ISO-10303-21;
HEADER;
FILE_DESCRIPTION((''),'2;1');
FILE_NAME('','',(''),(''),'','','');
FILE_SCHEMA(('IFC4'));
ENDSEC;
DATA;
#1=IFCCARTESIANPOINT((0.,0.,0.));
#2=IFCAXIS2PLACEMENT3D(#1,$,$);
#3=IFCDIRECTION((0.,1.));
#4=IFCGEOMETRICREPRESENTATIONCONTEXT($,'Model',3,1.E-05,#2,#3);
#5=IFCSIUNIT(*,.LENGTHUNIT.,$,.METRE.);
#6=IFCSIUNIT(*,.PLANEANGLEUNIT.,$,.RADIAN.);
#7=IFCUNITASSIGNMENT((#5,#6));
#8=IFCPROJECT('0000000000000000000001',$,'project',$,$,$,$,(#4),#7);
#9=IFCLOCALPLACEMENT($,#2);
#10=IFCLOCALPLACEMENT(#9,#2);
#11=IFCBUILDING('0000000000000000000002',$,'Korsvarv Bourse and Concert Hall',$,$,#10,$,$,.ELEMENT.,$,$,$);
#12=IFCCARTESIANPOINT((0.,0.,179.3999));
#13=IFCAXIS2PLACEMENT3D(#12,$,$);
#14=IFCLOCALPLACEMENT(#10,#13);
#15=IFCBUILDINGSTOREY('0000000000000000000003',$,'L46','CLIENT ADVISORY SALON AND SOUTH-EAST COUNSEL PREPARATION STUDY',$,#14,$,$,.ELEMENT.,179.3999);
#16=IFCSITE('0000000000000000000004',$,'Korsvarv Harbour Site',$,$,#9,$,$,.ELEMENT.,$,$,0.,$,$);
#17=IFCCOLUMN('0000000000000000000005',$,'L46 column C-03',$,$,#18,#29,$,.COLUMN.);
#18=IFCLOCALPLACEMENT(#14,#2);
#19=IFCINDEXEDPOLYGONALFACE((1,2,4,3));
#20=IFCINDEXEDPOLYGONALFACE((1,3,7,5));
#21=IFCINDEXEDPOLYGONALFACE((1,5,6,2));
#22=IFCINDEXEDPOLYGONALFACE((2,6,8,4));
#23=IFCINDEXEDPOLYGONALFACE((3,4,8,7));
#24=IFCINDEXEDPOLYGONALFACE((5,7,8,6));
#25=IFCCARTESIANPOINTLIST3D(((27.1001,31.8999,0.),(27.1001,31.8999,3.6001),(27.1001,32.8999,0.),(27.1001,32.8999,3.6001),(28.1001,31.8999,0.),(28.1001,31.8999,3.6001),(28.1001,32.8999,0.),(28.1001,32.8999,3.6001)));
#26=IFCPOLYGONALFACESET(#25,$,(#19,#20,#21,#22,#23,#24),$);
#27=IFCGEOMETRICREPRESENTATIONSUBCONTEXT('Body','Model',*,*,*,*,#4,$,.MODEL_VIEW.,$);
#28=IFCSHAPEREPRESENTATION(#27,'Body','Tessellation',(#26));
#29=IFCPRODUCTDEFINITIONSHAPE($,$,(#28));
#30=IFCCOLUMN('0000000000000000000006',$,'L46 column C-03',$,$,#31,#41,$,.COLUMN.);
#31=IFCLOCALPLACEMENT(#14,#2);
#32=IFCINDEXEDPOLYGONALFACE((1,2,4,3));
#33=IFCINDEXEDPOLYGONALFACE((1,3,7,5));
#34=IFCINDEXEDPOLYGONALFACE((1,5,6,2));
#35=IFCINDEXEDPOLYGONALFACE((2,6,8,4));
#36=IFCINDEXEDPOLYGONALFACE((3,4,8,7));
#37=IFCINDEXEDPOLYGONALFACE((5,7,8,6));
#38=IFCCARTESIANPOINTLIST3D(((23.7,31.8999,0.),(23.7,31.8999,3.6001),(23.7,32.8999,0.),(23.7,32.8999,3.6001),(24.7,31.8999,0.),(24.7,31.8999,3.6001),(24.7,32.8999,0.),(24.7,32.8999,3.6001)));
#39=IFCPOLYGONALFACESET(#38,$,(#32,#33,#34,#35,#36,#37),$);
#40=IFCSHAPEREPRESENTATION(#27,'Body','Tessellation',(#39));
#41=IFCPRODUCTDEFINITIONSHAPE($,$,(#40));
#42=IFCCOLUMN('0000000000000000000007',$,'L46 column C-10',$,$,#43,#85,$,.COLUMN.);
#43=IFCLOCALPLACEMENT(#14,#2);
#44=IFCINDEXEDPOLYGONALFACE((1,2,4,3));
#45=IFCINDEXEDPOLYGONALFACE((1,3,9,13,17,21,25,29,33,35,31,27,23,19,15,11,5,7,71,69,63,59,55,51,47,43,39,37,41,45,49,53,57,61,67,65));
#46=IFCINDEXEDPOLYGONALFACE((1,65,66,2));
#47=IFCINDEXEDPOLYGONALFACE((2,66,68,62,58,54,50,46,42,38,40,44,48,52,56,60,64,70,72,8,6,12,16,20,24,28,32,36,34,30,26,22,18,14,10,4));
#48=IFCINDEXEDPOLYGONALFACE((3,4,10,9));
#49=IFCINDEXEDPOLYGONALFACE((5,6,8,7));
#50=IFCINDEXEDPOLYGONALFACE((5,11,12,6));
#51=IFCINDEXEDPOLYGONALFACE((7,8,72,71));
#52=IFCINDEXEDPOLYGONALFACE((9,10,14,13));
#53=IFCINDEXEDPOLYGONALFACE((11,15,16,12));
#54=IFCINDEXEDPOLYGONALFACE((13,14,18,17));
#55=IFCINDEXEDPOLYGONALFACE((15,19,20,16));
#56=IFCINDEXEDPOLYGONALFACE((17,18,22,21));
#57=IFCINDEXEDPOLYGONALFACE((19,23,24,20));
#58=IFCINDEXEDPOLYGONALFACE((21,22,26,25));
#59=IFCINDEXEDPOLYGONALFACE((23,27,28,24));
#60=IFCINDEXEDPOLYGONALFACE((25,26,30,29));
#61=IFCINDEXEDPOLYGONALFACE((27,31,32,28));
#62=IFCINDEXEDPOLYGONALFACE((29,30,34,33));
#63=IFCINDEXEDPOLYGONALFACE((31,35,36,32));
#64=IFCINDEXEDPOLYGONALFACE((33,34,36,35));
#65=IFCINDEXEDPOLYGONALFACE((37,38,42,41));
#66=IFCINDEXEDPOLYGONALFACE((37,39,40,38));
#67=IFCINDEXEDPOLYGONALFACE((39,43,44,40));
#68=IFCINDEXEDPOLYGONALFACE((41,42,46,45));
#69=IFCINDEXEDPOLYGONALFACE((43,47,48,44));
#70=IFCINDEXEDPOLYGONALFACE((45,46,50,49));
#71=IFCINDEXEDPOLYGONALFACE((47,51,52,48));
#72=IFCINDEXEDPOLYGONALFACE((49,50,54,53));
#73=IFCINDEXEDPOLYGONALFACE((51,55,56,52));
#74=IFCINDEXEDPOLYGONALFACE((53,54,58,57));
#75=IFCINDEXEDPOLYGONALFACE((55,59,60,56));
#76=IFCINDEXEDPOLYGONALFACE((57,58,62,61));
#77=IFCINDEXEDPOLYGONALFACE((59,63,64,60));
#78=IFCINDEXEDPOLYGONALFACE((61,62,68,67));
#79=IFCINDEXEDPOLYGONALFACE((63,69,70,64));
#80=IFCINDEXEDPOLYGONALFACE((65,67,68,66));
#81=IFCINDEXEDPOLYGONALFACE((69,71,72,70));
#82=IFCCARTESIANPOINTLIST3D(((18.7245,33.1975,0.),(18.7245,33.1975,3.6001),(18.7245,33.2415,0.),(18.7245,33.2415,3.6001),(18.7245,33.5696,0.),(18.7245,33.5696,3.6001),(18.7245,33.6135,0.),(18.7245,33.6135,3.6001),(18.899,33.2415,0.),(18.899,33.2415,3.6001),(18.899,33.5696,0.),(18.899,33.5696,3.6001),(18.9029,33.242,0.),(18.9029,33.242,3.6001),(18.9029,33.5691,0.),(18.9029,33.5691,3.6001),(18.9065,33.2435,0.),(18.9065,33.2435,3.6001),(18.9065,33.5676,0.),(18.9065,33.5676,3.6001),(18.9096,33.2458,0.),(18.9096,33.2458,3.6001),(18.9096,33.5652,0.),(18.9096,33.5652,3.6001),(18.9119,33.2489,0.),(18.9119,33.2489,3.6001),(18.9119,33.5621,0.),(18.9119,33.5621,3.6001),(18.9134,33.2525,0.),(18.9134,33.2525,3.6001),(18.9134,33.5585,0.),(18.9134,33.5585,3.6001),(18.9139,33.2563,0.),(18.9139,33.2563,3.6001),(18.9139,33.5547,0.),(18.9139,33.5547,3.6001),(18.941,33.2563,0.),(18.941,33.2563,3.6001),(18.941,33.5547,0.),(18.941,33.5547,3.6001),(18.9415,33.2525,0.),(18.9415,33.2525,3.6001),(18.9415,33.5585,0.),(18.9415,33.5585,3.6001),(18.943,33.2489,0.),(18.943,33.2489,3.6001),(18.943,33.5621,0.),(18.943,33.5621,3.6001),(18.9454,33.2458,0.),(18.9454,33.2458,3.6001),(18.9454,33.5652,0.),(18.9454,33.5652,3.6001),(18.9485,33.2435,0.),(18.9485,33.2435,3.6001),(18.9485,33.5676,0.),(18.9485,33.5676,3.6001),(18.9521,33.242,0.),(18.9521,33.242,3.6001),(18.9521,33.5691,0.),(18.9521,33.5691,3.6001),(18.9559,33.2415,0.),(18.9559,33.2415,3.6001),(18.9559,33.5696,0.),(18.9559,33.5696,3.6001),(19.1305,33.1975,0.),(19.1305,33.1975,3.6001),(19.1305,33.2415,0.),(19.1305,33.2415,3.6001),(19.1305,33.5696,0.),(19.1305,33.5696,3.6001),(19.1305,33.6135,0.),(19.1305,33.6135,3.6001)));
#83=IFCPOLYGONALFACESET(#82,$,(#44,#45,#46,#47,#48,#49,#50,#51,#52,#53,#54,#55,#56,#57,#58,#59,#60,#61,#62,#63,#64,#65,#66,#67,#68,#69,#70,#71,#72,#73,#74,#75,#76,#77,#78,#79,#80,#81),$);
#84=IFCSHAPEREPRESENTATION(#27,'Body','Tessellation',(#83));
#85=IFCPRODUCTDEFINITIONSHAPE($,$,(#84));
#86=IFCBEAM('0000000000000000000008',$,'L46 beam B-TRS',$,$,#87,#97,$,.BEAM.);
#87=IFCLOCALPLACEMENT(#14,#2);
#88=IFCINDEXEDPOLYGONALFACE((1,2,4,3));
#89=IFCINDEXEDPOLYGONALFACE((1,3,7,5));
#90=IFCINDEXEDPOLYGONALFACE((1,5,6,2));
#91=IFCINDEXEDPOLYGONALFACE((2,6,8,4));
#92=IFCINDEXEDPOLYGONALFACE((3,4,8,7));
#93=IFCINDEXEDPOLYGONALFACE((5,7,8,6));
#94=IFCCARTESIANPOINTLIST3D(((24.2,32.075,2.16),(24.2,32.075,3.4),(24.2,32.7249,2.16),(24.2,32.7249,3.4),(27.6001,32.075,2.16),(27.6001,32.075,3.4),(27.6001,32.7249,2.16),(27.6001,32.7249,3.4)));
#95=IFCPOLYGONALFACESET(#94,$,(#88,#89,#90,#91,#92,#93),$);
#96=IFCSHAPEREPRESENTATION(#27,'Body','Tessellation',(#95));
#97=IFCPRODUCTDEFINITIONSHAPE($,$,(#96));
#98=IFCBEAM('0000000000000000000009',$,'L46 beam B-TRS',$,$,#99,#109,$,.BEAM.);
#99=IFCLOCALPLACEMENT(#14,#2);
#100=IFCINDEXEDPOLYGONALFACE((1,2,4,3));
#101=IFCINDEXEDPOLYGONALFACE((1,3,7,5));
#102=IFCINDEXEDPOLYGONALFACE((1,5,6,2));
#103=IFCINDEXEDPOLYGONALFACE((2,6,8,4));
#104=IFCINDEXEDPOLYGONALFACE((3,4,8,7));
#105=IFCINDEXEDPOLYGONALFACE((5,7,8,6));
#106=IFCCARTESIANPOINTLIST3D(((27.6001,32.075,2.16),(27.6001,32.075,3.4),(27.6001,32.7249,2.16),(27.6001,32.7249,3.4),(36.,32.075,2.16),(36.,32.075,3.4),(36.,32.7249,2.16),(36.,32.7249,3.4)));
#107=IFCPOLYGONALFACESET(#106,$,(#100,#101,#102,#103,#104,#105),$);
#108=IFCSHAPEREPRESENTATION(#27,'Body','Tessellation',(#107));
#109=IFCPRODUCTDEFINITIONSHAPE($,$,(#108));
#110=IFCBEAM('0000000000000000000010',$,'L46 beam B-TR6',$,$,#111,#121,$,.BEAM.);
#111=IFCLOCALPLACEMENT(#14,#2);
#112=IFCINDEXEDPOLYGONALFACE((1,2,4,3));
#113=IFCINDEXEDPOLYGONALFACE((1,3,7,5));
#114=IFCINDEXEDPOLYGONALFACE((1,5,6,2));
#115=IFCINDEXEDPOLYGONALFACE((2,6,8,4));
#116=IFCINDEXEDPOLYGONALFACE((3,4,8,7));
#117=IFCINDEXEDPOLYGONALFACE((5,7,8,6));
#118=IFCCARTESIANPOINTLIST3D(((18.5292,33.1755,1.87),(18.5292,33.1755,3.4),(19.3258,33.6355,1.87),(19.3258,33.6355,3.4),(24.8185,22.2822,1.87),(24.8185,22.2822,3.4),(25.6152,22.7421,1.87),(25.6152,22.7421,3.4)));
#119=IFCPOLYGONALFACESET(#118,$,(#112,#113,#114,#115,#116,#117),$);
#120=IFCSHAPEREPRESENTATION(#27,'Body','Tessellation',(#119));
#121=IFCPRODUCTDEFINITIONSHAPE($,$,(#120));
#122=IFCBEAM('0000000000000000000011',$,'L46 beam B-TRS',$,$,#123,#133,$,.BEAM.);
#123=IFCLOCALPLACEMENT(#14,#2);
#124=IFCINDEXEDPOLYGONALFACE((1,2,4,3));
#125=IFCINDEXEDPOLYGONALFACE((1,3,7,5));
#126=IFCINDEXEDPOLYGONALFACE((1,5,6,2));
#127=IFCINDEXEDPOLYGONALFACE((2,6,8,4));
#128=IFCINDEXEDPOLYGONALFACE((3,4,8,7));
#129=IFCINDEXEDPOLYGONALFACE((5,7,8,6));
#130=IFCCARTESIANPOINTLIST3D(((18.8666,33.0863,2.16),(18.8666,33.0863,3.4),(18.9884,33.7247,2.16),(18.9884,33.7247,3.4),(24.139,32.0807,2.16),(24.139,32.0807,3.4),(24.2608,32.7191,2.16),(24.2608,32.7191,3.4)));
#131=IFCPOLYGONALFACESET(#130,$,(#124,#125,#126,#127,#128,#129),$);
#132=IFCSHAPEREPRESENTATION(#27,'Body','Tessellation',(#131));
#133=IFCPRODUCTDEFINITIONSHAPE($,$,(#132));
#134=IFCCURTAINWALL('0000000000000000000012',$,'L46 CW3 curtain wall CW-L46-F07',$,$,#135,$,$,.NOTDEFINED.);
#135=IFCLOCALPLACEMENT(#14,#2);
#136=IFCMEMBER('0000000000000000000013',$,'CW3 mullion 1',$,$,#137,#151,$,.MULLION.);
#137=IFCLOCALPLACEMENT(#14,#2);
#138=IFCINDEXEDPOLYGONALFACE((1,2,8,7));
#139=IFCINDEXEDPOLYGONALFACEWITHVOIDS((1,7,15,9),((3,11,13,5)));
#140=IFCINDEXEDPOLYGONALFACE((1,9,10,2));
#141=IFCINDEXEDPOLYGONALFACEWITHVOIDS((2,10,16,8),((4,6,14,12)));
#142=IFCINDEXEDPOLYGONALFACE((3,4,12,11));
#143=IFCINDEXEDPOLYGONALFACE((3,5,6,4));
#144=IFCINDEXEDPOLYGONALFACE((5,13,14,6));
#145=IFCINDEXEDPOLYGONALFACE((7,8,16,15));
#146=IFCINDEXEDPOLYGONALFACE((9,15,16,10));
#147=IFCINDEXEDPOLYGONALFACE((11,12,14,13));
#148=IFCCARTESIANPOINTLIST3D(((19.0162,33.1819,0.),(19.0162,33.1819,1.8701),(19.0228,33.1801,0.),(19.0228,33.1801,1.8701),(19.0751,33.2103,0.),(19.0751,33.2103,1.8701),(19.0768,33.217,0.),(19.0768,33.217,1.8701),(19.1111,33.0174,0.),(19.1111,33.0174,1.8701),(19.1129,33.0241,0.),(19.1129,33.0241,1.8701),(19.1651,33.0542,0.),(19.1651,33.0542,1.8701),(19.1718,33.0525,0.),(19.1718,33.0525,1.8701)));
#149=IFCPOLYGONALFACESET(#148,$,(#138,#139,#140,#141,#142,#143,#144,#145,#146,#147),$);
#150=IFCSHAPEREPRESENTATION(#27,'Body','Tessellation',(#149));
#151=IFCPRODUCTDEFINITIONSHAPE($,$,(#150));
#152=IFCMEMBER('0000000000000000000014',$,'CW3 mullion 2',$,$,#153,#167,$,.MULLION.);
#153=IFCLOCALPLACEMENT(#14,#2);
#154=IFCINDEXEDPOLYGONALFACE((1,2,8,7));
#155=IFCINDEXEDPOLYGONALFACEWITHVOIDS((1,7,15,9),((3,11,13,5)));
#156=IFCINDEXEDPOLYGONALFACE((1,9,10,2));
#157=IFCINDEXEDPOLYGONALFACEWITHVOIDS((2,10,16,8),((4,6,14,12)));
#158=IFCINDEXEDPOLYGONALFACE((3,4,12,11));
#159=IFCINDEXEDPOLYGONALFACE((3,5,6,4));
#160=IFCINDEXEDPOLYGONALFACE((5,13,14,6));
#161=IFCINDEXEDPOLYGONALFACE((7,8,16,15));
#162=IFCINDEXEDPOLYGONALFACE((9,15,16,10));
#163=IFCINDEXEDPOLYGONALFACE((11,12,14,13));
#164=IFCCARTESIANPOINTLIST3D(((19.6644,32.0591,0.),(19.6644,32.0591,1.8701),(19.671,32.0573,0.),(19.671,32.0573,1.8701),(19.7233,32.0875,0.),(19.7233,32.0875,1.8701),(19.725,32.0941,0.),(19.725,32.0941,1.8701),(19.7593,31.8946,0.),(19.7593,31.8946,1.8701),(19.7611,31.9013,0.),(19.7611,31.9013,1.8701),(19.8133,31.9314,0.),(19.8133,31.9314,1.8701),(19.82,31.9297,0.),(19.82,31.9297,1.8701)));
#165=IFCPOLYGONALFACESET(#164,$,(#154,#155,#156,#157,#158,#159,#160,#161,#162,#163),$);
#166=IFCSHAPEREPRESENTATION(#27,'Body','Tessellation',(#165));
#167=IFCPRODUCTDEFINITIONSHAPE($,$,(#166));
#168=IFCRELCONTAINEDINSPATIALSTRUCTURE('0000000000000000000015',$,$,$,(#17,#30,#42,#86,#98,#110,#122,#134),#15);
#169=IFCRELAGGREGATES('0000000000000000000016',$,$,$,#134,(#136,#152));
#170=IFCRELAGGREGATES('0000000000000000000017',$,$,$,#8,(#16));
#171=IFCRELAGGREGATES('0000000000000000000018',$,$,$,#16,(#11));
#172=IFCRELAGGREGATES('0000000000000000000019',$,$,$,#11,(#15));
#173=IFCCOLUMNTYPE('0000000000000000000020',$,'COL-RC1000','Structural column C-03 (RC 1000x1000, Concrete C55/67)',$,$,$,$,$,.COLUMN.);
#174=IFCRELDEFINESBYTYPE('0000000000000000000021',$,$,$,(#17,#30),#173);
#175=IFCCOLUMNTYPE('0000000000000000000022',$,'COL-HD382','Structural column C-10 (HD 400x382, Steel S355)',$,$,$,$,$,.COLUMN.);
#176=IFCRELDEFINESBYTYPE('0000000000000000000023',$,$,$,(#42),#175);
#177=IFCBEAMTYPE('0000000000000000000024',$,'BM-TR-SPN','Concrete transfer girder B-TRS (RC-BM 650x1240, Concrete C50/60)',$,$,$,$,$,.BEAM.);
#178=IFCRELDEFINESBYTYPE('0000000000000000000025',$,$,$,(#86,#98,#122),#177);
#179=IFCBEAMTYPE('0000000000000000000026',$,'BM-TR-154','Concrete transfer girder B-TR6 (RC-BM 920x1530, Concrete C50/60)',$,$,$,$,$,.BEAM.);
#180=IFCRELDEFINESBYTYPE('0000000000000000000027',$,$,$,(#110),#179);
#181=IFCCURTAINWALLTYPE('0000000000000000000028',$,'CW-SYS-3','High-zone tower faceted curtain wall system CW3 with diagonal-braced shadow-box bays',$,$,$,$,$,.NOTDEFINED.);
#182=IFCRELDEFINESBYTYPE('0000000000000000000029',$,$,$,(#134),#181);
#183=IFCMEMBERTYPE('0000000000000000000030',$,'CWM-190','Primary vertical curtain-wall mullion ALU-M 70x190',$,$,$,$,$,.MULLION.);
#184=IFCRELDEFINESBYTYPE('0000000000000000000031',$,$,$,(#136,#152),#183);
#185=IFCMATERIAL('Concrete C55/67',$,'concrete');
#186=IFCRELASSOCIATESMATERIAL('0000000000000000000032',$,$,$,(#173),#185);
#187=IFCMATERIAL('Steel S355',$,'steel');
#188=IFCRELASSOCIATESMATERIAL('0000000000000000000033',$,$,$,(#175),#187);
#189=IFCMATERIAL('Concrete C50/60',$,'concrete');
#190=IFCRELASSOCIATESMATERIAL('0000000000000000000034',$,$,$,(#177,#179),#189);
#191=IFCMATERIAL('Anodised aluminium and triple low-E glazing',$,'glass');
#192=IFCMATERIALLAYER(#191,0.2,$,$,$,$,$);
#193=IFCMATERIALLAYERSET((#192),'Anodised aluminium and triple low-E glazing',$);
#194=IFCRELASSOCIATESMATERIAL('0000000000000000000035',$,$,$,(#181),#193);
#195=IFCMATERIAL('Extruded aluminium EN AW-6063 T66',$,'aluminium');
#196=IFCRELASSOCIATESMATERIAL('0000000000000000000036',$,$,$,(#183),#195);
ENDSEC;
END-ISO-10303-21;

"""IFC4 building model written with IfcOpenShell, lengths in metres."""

from ifc_helpers import new_model, si_unit, direction, frame, origin, origin_2d, place, context, subcontext, project, spatial, rectangle, hollow_rectangle, i_section, extrude, source, transform, mapped, material, layer, layer_set, material_profile, profile_set, type_object, element, aggregate, save


model = new_model("IFC4")

# Units and contexts
model_context = context("Model", 3, precision=1e-05, world=origin(), true_north=direction((0.0, 1.0)))
body_context = subcontext(model_context, "Body", "Model", "MODEL_VIEW")
ifc_project = project(units=[si_unit("LENGTHUNIT", "METRE"), si_unit("PLANEANGLEUNIT", "RADIAN")], contexts=[model_context])

# Site, building, storey
site_placement = place(None, origin())
site = spatial("IfcSite", under=ifc_project, at=site_placement, Name="Korsvarv Harbour Site", CompositionType="ELEMENT", RefElevation=0.0)
building_placement = place(site_placement, origin())
building = spatial("IfcBuilding", under=site, at=building_placement, Name="Korsvarv Bourse and Concert Hall", CompositionType="ELEMENT")
storey_placement = place(building_placement, frame((0.0, 0.0, 179.3999)))
storey = spatial("IfcBuildingStorey", under=building, at=storey_placement, Name="L46", Description="CLIENT ADVISORY SALON AND SOUTH-EAST COUNSEL PREPARATION STUDY", CompositionType="ELEMENT", Elevation=179.3999)

# Columns
ifc_material_1 = material(Name="Concrete C55/67", Category="concrete")
ifc_material_profile_1 = material_profile(ifc_material_1, rectangle(XDim=1.0, YDim=1.0, at=origin_2d()), Name="RC 1000x1000")
ifc_profile_set_1 = profile_set([ifc_material_profile_1], Name="Concrete C55/67")
column_type_1 = type_object("IfcColumnType", Name="COL-RC1000", Description="Structural column C-03 (RC 1000x1000, Concrete C55/67)", PredefinedType="COLUMN", material=ifc_profile_set_1)
shared_shape_1 = source(origin(), body_context, "Body", "SweptSolid", [
    extrude(rectangle(XDim=1.0, YDim=1.0, at=origin_2d()), origin(), (0.0, 0.0, 1.0), 3.6001),
])
for number, where, z_axis, x_axis, name in (
    (1, (27.6001, 32.3999, 0.0), (0.0, 0.0, 1.0), (1.0, 0.0, 0.0), "L46 column C-03"),
    (2, (24.2, 32.3999, 0.0), (0.0, 0.0, 1.0), (1.0, 0.0, 0.0), "L46 column C-03"),
):
    element("IfcColumn", number, at=place(storey_placement, frame(where, z_axis=z_axis, x_axis=x_axis)), inside=storey, type_object=column_type_1, Name=name, PredefinedType="COLUMN", context=body_context, shape_type="MappedRepresentation", body=[
        mapped(shared_shape_1, transform((0.0, 0.0, 0.0), scale=1.0)),
    ])
ifc_material_2 = material(Name="Steel S355", Category="steel")
ifc_material_profile_2 = material_profile(ifc_material_2, i_section(OverallWidth=0.406, OverallDepth=0.416, WebThickness=0.0271, FlangeThickness=0.0439, FilletRadius=0.0149, at=origin_2d()), Name="HD 400x382")
ifc_profile_set_2 = profile_set([ifc_material_profile_2], Name="Steel S355")
column_type_2 = type_object("IfcColumnType", Name="COL-HD382", Description="Structural column C-10 (HD 400x382, Steel S355)", PredefinedType="COLUMN", material=ifc_profile_set_2)
shared_shape_2 = source(origin(), body_context, "Body", "SweptSolid", [
    extrude(i_section(OverallWidth=0.406, OverallDepth=0.416, WebThickness=0.0271, FlangeThickness=0.0439, FilletRadius=0.0149, at=origin_2d()), origin(), (0.0, 0.0, 1.0), 3.6001),
])
column_placement = place(storey_placement, frame((18.9275, 33.4055, 0.0), z_axis=(0.0, 0.0, 1.0), x_axis=(1.0, 0.0, 0.0)))
element("IfcColumn", 3, at=column_placement, inside=storey, type_object=column_type_2, Name="L46 column C-10", PredefinedType="COLUMN", context=body_context, shape_type="MappedRepresentation", body=[
    mapped(shared_shape_2, transform((0.0, 0.0, 0.0), scale=1.0)),
])

# Beams
ifc_material_3 = material(Name="Concrete C50/60", Category="concrete")
ifc_material_profile_3 = material_profile(ifc_material_3, rectangle(XDim=0.6499, YDim=1.24, at=origin_2d()), Name="RC-BM 650x1240")
ifc_profile_set_3 = profile_set([ifc_material_profile_3], Name="Concrete C50/60")
beam_type_1 = type_object("IfcBeamType", Name="BM-TR-SPN", Description="Concrete transfer girder B-TRS (RC-BM 650x1240, Concrete C50/60)", PredefinedType="BEAM", material=ifc_profile_set_3)
shared_shape_3 = source(origin(), body_context, "Body", "SweptSolid", [
    extrude(rectangle(XDim=0.6499, YDim=1.24, at=origin_2d()), origin(), (0.0, 0.0, 1.0), 3.4001),
])
beam_1_placement = place(storey_placement, frame((24.2, 32.3999, 2.78), z_axis=(1.0, 0.0, 0.0), x_axis=(0.0, 1.0, 0.0)))
element("IfcBeam", 4, at=beam_1_placement, inside=storey, type_object=beam_type_1, Name="L46 beam B-TRS", PredefinedType="BEAM", context=body_context, shape_type="MappedRepresentation", body=[
    mapped(shared_shape_3, transform((0.0, 0.0, 0.0), scale=1.0)),
])
shared_shape_4 = source(origin(), body_context, "Body", "SweptSolid", [
    extrude(rectangle(XDim=0.6499, YDim=1.24, at=origin_2d()), origin(), (0.0, 0.0, 1.0), 8.3999),
])
beam_2_placement = place(storey_placement, frame((27.6001, 32.3999, 2.78), z_axis=(1.0, 0.0, 0.0), x_axis=(0.0, 1.0, 0.0)))
element("IfcBeam", 5, at=beam_2_placement, inside=storey, type_object=beam_type_1, Name="L46 beam B-TRS", PredefinedType="BEAM", context=body_context, shape_type="MappedRepresentation", body=[
    mapped(shared_shape_4, transform((0.0, 0.0, 0.0), scale=1.0)),
])
ifc_material_profile_4 = material_profile(ifc_material_3, rectangle(XDim=0.9199, YDim=1.53, at=origin_2d()), Name="RC-BM 920x1530")
ifc_profile_set_4 = profile_set([ifc_material_profile_4], Name="Concrete C50/60")
beam_type_2 = type_object("IfcBeamType", Name="BM-TR-154", Description="Concrete transfer girder B-TR6 (RC-BM 920x1530, Concrete C50/60)", PredefinedType="BEAM", material=ifc_profile_set_4)
shared_shape_5 = source(origin(), body_context, "Body", "SweptSolid", [
    extrude(rectangle(XDim=0.9199, YDim=1.53, at=origin_2d()), origin(), (0.0, 0.0, 1.0), 12.5786),
])
beam_3_placement = place(storey_placement, frame((18.9275, 33.4055, 2.635), z_axis=(0.500003, -0.866024, 0.0), x_axis=(0.866024, 0.500003, 0.0)))
element("IfcBeam", 6, at=beam_3_placement, inside=storey, type_object=beam_type_2, Name="L46 beam B-TR6", PredefinedType="BEAM", context=body_context, shape_type="MappedRepresentation", body=[
    mapped(shared_shape_5, transform((0.0, 0.0, 0.0), scale=1.0)),
])
shared_shape_6 = source(origin(), body_context, "Body", "SweptSolid", [
    extrude(rectangle(XDim=0.6499, YDim=1.24, at=origin_2d()), origin(), (0.0, 0.0, 1.0), 5.3674),
])
beam_4_placement = place(storey_placement, frame((18.9275, 33.4055, 2.78), z_axis=(0.982293, -0.187352, 0.0), x_axis=(0.187352, 0.982293, 0.0)))
element("IfcBeam", 7, at=beam_4_placement, inside=storey, type_object=beam_type_1, Name="L46 beam B-TRS", PredefinedType="BEAM", context=body_context, shape_type="MappedRepresentation", body=[
    mapped(shared_shape_6, transform((0.0, 0.0, 0.0), scale=1.0)),
])

# Curtain wall, members
ifc_material_4 = material(Name="Anodised aluminium and triple low-E glazing", Category="glass")
ifc_layer_1 = layer(ifc_material_4, 0.2)
ifc_layer_set_1 = layer_set([ifc_layer_1], Name="Anodised aluminium and triple low-E glazing")
curtain_wall_type = type_object("IfcCurtainWallType", Name="CW-SYS-3", Description="High-zone tower faceted curtain wall system CW3 with diagonal-braced shadow-box bays", PredefinedType="NOTDEFINED", material=ifc_layer_set_1)
curtain_wall_placement = place(storey_placement, origin())
curtain_wall = element("IfcCurtainWall", 8, at=curtain_wall_placement, inside=storey, type_object=curtain_wall_type, Name="L46 CW3 curtain wall CW-L46-F07", PredefinedType="NOTDEFINED")
ifc_material_5 = material(Name="Extruded aluminium EN AW-6063 T66", Category="aluminium")
ifc_material_profile_5 = material_profile(ifc_material_5, hollow_rectangle(XDim=0.0701, YDim=0.1899, WallThickness=0.0049, at=origin_2d()), Name="ALU-M 70x190")
ifc_profile_set_5 = profile_set([ifc_material_profile_5], Name="Extruded aluminium EN AW-6063 T66")
member_type_1 = type_object("IfcMemberType", Name="CWM-190", Description="Primary vertical curtain-wall mullion ALU-M 70x190", PredefinedType="MULLION", material=ifc_profile_set_5)
shared_shape_7 = source(origin(), body_context, "Body", "SweptSolid", [
    extrude(hollow_rectangle(XDim=0.0701, YDim=0.1899, WallThickness=0.0049, at=origin_2d()), origin(), (0.0, 0.0, 1.0), 1.8701),
])
member_1_placement = place(storey_placement, frame((19.094, 33.1172, 0.0), z_axis=(0.0, 0.0, 1.0), x_axis=(0.866029, 0.499994, 0.0)))
member_1 = element("IfcMember", 9, at=member_1_placement, type_object=member_type_1, Name="CW3 mullion 1", PredefinedType="MULLION", context=body_context, shape_type="MappedRepresentation", body=[
    mapped(shared_shape_7, transform((0.0, 0.0, 0.0), scale=1.0)),
])
member_2_placement = place(storey_placement, frame((19.7422, 31.9944, 0.0), z_axis=(0.0, 0.0, 1.0), x_axis=(0.866029, 0.499994, 0.0)))
member_2 = element("IfcMember", 10, at=member_2_placement, type_object=member_type_1, Name="CW3 mullion 2", PredefinedType="MULLION", context=body_context, shape_type="MappedRepresentation", body=[
    mapped(shared_shape_7, transform((0.0, 0.0, 0.0), scale=1.0)),
])
aggregate(curtain_wall, [member_1, member_2])

save(model, "model.ifc")
